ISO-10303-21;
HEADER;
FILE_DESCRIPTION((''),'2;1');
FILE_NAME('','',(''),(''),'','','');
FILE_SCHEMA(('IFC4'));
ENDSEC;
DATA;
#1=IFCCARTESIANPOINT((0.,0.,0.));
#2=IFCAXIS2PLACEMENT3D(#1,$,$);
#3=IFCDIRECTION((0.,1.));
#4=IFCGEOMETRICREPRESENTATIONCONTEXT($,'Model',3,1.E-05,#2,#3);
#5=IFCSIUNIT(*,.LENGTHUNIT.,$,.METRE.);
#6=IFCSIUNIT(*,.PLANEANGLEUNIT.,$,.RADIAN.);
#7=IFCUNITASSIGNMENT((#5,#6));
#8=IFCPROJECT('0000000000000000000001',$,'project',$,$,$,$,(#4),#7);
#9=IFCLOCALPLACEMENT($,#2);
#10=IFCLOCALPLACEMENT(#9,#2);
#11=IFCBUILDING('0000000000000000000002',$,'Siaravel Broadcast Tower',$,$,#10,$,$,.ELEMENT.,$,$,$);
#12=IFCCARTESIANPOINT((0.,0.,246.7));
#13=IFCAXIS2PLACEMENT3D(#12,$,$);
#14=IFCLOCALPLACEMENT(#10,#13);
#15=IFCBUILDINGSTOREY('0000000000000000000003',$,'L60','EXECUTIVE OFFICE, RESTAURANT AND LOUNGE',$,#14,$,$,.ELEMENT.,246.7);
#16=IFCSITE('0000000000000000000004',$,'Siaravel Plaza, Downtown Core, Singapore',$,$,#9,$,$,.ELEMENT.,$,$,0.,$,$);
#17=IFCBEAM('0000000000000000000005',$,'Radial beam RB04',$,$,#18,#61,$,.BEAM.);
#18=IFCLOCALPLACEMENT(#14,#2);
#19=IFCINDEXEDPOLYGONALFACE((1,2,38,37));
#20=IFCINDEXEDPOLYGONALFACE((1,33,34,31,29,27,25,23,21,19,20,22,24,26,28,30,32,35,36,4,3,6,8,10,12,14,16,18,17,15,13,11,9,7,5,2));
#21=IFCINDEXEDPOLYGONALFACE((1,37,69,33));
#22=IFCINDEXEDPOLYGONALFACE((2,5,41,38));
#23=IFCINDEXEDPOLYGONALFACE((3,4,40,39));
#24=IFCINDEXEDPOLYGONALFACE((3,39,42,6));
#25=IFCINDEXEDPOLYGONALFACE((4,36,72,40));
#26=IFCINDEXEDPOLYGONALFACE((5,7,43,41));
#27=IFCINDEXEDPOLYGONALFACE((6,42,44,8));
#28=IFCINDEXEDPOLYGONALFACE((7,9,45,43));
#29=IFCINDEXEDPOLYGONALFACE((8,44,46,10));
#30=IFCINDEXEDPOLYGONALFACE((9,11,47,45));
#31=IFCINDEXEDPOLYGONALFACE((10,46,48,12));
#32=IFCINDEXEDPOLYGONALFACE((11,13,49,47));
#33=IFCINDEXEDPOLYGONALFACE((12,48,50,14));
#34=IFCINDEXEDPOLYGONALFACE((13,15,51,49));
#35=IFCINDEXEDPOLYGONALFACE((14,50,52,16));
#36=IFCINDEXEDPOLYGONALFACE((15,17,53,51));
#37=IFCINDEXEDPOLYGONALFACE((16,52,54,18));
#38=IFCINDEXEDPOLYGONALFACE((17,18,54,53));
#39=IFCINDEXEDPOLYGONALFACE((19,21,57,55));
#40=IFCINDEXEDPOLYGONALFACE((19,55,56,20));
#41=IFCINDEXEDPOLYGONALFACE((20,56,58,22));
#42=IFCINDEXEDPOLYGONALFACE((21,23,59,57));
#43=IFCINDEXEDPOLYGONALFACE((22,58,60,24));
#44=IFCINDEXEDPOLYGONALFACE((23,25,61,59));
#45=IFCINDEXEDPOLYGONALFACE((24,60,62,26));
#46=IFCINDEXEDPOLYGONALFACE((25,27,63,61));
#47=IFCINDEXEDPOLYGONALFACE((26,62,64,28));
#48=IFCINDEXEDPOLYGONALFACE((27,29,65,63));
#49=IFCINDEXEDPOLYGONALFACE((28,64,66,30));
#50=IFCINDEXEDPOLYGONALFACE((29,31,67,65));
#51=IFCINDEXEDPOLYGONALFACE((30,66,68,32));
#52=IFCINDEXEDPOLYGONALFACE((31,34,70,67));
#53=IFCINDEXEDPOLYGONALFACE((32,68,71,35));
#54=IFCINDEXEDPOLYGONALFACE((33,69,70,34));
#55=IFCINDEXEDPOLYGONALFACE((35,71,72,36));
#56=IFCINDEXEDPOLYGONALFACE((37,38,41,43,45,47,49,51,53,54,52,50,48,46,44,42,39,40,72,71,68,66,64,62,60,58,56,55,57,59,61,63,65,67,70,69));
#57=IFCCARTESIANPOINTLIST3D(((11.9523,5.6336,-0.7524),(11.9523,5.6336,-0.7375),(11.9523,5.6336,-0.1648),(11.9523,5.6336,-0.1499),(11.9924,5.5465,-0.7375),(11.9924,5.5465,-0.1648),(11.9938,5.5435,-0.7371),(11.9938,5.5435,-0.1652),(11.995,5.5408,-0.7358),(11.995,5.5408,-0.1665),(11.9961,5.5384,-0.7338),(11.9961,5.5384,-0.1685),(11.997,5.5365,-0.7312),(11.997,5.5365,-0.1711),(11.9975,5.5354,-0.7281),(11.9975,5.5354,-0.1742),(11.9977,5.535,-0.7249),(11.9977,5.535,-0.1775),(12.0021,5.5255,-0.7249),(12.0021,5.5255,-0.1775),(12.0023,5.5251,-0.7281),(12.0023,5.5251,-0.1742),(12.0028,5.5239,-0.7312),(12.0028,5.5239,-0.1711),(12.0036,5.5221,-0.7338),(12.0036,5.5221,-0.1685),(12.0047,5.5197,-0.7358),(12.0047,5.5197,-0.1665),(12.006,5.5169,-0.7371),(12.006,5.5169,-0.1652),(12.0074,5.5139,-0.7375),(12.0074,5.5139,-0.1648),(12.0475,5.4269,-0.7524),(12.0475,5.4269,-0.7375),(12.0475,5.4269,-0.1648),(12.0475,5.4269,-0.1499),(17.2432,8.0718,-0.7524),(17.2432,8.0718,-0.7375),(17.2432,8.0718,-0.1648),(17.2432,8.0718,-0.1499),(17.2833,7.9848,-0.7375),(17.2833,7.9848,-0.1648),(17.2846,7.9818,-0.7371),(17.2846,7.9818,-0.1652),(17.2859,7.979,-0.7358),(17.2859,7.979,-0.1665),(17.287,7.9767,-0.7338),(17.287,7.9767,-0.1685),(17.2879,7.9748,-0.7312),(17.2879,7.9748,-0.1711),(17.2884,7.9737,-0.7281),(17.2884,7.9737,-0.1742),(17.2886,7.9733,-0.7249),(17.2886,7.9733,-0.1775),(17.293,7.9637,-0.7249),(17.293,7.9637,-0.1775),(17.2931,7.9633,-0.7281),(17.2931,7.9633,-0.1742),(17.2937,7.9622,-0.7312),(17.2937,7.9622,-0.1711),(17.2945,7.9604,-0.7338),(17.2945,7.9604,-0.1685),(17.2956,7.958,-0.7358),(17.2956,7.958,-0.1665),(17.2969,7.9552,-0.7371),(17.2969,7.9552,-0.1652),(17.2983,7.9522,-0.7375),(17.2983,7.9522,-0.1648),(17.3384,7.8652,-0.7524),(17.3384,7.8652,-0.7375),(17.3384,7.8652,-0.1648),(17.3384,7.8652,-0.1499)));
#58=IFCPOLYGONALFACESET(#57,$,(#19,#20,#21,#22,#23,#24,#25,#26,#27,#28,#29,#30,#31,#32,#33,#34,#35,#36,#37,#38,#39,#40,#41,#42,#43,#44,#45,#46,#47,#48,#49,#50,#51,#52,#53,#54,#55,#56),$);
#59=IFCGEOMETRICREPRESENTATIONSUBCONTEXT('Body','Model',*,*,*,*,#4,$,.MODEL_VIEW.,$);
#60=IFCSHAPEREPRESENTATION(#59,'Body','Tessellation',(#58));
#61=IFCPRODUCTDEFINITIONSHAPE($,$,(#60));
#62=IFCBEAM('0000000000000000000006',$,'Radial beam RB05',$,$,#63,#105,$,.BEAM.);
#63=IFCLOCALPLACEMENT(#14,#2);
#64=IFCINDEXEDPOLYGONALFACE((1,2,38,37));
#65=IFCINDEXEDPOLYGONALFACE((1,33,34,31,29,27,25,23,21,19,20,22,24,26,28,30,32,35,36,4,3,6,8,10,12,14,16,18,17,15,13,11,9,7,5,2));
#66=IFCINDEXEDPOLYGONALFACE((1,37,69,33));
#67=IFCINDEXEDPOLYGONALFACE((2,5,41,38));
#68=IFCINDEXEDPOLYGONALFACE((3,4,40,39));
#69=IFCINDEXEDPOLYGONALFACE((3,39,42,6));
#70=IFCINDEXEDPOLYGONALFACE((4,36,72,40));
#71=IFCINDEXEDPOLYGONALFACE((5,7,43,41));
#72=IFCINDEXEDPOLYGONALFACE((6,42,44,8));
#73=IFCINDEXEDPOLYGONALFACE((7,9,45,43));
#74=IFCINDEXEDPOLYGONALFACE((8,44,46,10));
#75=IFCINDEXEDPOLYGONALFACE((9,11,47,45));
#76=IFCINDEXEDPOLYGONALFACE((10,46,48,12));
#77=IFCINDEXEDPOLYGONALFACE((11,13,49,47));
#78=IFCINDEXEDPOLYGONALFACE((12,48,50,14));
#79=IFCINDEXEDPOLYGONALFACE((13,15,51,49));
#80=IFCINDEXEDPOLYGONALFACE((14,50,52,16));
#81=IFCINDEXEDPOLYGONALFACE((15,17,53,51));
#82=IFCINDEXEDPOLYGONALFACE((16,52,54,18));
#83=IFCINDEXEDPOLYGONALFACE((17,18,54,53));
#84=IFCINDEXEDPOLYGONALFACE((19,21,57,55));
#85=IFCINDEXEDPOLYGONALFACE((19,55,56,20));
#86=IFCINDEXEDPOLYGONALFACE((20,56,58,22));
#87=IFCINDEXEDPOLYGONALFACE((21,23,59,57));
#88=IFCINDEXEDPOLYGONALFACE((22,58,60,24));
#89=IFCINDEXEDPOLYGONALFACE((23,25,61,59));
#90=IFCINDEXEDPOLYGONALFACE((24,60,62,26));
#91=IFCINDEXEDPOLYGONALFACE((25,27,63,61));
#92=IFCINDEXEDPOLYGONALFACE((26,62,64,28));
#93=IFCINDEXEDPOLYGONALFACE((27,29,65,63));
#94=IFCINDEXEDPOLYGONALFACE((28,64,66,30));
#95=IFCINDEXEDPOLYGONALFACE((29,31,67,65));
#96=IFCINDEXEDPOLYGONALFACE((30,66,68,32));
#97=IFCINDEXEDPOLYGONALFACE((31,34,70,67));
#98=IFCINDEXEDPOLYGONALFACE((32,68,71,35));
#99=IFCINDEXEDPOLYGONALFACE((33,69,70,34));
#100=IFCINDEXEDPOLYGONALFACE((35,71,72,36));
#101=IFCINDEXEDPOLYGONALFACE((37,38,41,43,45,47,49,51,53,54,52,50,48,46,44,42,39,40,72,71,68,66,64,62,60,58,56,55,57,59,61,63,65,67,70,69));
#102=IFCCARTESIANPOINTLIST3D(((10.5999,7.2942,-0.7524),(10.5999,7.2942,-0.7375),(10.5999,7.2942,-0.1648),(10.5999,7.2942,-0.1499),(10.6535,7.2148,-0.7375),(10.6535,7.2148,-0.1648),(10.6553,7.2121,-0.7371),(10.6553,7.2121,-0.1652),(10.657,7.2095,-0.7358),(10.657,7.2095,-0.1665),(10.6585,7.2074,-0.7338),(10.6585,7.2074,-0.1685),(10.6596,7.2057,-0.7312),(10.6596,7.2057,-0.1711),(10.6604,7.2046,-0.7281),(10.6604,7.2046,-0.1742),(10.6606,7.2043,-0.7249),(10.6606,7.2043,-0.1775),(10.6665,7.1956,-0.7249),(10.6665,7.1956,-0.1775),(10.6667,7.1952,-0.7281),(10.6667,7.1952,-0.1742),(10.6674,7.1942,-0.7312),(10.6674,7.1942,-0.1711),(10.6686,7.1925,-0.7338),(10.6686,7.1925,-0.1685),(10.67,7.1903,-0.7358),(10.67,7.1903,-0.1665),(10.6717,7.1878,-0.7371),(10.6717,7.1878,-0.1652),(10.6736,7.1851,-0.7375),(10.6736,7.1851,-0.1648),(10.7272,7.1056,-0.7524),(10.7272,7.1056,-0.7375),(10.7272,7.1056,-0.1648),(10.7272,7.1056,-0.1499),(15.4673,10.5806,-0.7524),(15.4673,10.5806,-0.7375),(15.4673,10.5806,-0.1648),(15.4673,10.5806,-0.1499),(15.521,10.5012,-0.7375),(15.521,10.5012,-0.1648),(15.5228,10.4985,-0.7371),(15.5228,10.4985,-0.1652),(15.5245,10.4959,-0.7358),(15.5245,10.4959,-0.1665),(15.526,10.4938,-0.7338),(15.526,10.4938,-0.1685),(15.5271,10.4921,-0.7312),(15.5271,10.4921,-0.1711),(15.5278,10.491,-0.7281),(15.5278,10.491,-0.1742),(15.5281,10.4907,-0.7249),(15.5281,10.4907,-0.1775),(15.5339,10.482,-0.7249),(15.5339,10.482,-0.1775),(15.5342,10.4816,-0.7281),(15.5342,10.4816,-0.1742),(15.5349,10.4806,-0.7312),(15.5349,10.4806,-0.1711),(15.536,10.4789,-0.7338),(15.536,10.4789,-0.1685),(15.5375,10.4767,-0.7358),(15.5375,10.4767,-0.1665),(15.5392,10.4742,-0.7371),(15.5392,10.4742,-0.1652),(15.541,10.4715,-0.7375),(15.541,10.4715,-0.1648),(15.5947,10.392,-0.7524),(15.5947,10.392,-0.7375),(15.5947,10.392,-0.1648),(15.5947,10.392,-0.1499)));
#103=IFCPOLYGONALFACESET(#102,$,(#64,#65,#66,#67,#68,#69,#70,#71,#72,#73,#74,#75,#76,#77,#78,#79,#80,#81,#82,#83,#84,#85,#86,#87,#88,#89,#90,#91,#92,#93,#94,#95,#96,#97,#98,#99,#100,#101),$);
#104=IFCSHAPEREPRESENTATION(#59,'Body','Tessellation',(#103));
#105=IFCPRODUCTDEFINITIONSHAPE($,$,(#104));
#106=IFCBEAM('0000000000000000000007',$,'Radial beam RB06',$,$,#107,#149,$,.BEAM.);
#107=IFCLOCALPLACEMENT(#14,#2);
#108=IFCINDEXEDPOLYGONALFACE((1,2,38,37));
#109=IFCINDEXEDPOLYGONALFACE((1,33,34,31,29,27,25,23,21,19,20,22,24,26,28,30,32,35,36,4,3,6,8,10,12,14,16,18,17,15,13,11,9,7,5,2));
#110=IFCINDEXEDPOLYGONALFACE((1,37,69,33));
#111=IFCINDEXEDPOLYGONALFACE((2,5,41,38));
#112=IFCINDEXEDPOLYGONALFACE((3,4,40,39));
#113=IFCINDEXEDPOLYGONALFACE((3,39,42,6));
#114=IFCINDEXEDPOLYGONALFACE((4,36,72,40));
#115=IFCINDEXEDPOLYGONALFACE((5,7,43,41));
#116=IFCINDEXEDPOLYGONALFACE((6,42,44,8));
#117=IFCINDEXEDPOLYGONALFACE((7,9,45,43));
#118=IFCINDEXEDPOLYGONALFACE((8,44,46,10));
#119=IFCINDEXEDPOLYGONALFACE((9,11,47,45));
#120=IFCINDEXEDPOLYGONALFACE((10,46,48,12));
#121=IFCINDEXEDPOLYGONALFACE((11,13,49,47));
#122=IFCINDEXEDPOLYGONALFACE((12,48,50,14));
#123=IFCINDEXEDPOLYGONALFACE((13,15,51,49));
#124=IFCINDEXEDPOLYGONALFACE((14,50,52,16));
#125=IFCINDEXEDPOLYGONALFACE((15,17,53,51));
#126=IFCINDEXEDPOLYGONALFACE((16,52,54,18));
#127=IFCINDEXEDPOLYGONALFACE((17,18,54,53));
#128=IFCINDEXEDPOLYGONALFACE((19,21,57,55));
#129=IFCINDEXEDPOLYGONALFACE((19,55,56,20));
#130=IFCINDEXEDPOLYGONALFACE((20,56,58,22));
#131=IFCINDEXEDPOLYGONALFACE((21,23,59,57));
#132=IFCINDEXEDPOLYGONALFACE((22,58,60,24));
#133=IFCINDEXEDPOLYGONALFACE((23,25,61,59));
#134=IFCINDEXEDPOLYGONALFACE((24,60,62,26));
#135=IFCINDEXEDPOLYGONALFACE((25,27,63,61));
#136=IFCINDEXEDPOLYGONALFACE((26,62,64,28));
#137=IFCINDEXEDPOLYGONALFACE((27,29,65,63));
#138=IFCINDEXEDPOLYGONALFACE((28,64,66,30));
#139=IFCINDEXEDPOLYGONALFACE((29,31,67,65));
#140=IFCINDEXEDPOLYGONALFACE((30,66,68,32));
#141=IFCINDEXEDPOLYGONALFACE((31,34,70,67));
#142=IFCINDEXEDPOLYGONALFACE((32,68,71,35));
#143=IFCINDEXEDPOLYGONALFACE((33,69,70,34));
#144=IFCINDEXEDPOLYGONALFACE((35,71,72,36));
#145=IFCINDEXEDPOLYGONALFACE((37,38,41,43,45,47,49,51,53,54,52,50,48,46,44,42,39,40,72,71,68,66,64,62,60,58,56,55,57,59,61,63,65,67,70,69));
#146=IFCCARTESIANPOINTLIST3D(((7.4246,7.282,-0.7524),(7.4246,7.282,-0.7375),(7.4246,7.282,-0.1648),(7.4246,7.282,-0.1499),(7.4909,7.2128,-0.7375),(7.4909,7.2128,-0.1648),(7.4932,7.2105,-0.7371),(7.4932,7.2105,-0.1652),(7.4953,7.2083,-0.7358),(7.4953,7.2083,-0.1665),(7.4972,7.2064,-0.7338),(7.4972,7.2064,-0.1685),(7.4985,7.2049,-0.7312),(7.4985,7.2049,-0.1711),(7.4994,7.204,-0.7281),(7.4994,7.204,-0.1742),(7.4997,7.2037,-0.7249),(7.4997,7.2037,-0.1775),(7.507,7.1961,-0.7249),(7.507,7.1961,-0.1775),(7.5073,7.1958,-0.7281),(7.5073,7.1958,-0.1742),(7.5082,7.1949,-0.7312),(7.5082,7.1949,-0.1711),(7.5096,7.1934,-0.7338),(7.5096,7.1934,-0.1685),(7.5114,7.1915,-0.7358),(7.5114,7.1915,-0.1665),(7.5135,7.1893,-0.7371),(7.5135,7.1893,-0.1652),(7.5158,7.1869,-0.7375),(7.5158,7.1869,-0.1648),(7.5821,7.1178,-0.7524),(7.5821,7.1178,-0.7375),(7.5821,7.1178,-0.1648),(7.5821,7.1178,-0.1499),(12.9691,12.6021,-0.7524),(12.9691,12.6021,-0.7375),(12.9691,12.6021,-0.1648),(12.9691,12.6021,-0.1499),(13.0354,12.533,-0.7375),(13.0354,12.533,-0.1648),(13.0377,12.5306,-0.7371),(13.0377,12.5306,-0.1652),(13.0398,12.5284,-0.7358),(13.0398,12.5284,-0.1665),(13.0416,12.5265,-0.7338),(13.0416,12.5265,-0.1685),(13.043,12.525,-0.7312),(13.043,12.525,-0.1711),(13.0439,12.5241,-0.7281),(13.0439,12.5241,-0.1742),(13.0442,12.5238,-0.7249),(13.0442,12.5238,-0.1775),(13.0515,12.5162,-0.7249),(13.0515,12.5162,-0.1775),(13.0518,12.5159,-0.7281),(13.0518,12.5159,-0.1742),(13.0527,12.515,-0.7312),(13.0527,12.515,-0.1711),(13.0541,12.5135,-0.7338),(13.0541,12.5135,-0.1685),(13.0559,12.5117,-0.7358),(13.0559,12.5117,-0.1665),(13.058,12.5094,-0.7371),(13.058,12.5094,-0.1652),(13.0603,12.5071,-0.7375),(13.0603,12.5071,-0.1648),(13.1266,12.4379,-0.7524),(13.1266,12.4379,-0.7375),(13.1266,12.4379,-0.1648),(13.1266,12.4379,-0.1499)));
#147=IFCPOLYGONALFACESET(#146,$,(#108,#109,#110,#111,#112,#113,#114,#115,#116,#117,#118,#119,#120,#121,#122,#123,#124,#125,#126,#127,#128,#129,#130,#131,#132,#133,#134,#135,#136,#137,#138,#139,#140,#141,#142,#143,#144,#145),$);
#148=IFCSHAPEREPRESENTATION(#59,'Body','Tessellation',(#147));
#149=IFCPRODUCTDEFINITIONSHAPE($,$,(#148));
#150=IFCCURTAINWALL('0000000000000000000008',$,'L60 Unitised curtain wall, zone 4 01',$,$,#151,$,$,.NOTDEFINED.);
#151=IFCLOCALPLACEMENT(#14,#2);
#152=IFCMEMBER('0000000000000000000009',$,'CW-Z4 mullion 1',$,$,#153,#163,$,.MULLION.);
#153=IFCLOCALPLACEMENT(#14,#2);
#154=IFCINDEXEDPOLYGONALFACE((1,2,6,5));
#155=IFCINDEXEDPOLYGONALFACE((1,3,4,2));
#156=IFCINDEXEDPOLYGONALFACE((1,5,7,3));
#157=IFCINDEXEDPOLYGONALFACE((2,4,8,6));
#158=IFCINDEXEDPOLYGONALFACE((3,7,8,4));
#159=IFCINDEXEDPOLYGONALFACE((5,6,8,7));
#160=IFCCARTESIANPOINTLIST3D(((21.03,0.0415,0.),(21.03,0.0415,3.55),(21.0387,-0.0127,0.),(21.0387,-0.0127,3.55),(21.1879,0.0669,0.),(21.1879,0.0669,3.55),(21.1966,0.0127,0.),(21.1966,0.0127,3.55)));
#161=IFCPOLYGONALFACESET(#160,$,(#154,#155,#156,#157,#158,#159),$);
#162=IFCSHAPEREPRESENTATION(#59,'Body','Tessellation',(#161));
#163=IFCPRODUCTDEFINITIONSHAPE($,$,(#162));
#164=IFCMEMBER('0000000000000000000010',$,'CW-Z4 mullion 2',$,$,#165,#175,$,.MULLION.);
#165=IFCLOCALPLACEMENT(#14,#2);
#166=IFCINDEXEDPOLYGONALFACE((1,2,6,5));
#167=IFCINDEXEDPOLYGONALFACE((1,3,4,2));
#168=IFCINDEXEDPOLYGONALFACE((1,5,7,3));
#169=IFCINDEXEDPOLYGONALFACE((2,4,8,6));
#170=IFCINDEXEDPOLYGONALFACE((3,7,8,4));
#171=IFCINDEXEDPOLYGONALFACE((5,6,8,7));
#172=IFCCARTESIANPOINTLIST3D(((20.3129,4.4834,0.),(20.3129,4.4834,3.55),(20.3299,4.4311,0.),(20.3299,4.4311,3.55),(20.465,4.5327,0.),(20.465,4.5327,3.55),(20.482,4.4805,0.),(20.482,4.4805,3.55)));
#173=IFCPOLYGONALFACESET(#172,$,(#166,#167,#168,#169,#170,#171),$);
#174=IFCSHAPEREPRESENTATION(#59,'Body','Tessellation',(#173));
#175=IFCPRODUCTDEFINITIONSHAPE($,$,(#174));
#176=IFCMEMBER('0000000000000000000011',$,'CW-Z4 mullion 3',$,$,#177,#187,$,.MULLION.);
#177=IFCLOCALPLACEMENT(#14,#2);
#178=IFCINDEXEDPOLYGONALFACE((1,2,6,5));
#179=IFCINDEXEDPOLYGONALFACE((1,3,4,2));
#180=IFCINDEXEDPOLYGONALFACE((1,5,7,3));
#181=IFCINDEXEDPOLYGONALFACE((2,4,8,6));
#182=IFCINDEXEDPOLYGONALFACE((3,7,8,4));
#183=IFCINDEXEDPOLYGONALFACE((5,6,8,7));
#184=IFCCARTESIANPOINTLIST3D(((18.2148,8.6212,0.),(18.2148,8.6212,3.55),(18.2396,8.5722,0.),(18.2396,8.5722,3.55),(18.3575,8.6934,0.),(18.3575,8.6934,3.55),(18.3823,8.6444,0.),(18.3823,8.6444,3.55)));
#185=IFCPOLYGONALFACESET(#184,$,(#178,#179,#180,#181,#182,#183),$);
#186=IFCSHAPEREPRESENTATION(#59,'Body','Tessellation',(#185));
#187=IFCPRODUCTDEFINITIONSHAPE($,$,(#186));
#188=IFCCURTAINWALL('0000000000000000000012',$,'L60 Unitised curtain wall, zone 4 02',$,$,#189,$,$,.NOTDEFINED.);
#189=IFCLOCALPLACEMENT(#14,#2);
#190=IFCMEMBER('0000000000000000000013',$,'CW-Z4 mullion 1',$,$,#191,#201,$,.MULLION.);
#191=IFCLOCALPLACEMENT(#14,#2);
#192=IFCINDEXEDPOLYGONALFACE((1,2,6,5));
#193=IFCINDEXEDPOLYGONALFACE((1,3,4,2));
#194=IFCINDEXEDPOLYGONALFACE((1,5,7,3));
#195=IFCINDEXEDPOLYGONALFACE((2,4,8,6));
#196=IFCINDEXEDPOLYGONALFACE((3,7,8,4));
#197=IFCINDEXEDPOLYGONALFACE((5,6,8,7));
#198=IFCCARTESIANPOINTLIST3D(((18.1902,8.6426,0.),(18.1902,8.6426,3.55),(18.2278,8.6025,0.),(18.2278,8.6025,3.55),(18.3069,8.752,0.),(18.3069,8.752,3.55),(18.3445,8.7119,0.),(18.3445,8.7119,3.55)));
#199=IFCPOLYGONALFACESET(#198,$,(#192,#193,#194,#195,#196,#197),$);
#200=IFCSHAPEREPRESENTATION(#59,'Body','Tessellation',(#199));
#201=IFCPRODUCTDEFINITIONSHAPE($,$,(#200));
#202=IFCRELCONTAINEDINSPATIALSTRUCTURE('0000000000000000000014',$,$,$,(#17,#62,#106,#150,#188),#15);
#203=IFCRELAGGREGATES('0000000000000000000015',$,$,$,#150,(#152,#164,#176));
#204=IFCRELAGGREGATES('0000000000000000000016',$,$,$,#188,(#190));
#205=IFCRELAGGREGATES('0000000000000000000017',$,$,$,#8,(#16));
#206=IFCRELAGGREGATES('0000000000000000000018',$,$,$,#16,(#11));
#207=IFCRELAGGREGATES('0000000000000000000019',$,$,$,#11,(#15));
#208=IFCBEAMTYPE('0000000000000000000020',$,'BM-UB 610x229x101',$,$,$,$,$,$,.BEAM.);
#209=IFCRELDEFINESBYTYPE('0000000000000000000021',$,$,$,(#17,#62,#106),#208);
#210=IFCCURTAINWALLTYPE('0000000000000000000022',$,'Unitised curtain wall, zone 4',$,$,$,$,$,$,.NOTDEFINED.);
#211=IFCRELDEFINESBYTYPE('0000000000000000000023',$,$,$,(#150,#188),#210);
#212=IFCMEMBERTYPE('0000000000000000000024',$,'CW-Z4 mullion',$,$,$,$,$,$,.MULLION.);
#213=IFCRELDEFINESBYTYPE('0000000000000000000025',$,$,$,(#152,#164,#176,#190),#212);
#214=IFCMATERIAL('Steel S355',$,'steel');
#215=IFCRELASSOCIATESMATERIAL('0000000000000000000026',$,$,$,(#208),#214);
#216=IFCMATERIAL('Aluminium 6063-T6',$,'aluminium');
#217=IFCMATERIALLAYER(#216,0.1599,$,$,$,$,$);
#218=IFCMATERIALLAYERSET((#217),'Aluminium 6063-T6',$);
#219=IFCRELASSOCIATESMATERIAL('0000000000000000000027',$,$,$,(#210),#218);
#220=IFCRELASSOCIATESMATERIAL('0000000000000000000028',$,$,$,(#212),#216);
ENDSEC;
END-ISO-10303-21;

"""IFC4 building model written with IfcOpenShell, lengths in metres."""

from ifc_helpers import new_model, si_unit, direction, frame, origin, origin_2d, place, context, subcontext, project, spatial, rectangle, i_section, extrude, material, layer, layer_set, material_profile, profile_set, type_object, element, aggregate, save


model = new_model("IFC4")

# Units and contexts
model_context = context("Model", 3, precision=1e-05, world=origin(), true_north=direction((0.0, 1.0)))
body_context = subcontext(model_context, "Body", "Model", "MODEL_VIEW")
ifc_project = project(units=[si_unit("LENGTHUNIT", "METRE"), si_unit("PLANEANGLEUNIT", "RADIAN")], contexts=[model_context])

# Site, building, storey
site_placement = place(None, origin())
site = spatial("IfcSite", under=ifc_project, at=site_placement, Name="Siaravel Plaza, Downtown Core, Singapore", CompositionType="ELEMENT", RefElevation=0.0)
building_placement = place(site_placement, origin())
building = spatial("IfcBuilding", under=site, at=building_placement, Name="Siaravel Broadcast Tower", CompositionType="ELEMENT")
storey_placement = place(building_placement, frame((0.0, 0.0, 246.7)))
storey = spatial("IfcBuildingStorey", under=building, at=storey_placement, Name="L60", Description="EXECUTIVE OFFICE, RESTAURANT AND LOUNGE", CompositionType="ELEMENT", Elevation=246.7)

# Beams
ifc_material_1 = material(Name="Steel S355", Category="steel")
ifc_material_profile_1 = material_profile(ifc_material_1, i_section(OverallWidth=0.2275, OverallDepth=0.6025, WebThickness=0.0105, FlangeThickness=0.0149, FilletRadius=0.0127, at=origin_2d()))
ifc_profile_set_1 = profile_set([ifc_material_profile_1], Name="Steel S355")
beam_type = type_object("IfcBeamType", Name="BM-UB 610x229x101", PredefinedType="BEAM", material=ifc_profile_set_1)
beam_1_placement = place(storey_placement, frame((17.2908, 7.9685, -0.4512), z_axis=(-0.908198, -0.41854, 0.0), x_axis=(0.41854, -0.908198, 0.0)))
element("IfcBeam", 1, at=beam_1_placement, inside=storey, type_object=beam_type, Name="Radial beam RB04", PredefinedType="BEAM", context=body_context, shape_type="SweptSolid", body=[
    extrude(i_section(OverallWidth=0.2275, OverallDepth=0.6025, WebThickness=0.0105, FlangeThickness=0.0149, FilletRadius=0.0127, at=origin_2d()), origin(), (0.0, 0.0, 1.0), 5.8257),
])
beam_2_placement = place(storey_placement, frame((15.531, 10.4863, -0.4512), z_axis=(-0.828781, -0.559574, 0.0), x_axis=(0.559574, -0.828781, 0.0)))
element("IfcBeam", 2, at=beam_2_placement, inside=storey, type_object=beam_type, Name="Radial beam RB05", PredefinedType="BEAM", context=body_context, shape_type="SweptSolid", body=[
    extrude(i_section(OverallWidth=0.2275, OverallDepth=0.6025, WebThickness=0.0105, FlangeThickness=0.0149, FilletRadius=0.0127, at=origin_2d()), origin(), (0.0, 0.0, 1.0), 5.873),
])
beam_3_placement = place(storey_placement, frame((13.0479, 12.52, -0.4512), z_axis=(-0.721556, -0.692357, 0.0), x_axis=(0.692357, -0.721556, 0.0)))
element("IfcBeam", 3, at=beam_3_placement, inside=storey, type_object=beam_type, Name="Radial beam RB06", PredefinedType="BEAM", context=body_context, shape_type="SweptSolid", body=[
    extrude(i_section(OverallWidth=0.2275, OverallDepth=0.6025, WebThickness=0.0105, FlangeThickness=0.0149, FilletRadius=0.0127, at=origin_2d()), origin(), (0.0, 0.0, 1.0), 7.6841),
])

# Curtain walls, members
ifc_material_2 = material(Name="Aluminium 6063-T6", Category="aluminium")
ifc_layer_1 = layer(ifc_material_2, 0.1599)
ifc_layer_set_1 = layer_set([ifc_layer_1], Name="Aluminium 6063-T6")
curtain_wall_type = type_object("IfcCurtainWallType", Name="Unitised curtain wall, zone 4", PredefinedType="NOTDEFINED", material=ifc_layer_set_1)
curtain_wall_1_placement = place(storey_placement, origin())
curtain_wall_1 = element("IfcCurtainWall", 4, at=curtain_wall_1_placement, inside=storey, type_object=curtain_wall_type, Name="L60 Unitised curtain wall, zone 4 01", PredefinedType="NOTDEFINED")
ifc_material_profile_2 = material_profile(ifc_material_2, rectangle(XDim=0.1599, YDim=0.0549, at=origin_2d()))
ifc_profile_set_2 = profile_set([ifc_material_profile_2], Name="Aluminium 6063-T6")
member_type_1 = type_object("IfcMemberType", Name="CW-Z4 mullion", PredefinedType="MULLION", material=ifc_profile_set_2)
member_1_placement = place(storey_placement, frame((21.1133, 0.0271, 0.0), z_axis=(0.0, 0.0, 1.0), x_axis=(-0.987329, -0.158685, 0.0)))
member_1 = element("IfcMember", 5, at=member_1_placement, type_object=member_type_1, Name="CW-Z4 mullion 1", PredefinedType="MULLION", context=body_context, shape_type="SweptSolid", body=[
    extrude(rectangle(XDim=0.1599, YDim=0.0549, at=origin_2d()), origin(), (0.0, 0.0, 1.0), 3.55),
])
member_2_placement = place(storey_placement, frame((20.3975, 4.4819, 0.0), z_axis=(0.0, 0.0, 1.0), x_axis=(-0.951178, -0.308644, 0.0)))
member_2 = element("IfcMember", 6, at=member_2_placement, type_object=member_type_1, Name="CW-Z4 mullion 2", PredefinedType="MULLION", context=body_context, shape_type="SweptSolid", body=[
    extrude(rectangle(XDim=0.1599, YDim=0.0549, at=origin_2d()), origin(), (0.0, 0.0, 1.0), 3.55),
])
member_3_placement = place(storey_placement, frame((18.2986, 8.6328, 0.0), z_axis=(0.0, 0.0, 1.0), x_axis=(-0.892393, -0.451259, 0.0)))
member_3 = element("IfcMember", 7, at=member_3_placement, type_object=member_type_1, Name="CW-Z4 mullion 3", PredefinedType="MULLION", context=body_context, shape_type="SweptSolid", body=[
    extrude(rectangle(XDim=0.1599, YDim=0.0549, at=origin_2d()), origin(), (0.0, 0.0, 1.0), 3.55),
])
curtain_wall_2_placement = place(storey_placement, origin())
curtain_wall_2 = element("IfcCurtainWall", 8, at=curtain_wall_2_placement, inside=storey, type_object=curtain_wall_type, Name="L60 Unitised curtain wall, zone 4 02", PredefinedType="NOTDEFINED")
member_4_placement = place(storey_placement, frame((18.2673, 8.6772, 0.0), z_axis=(0.0, 0.0, 1.0), x_axis=(-0.729807, -0.683654, 0.0)))
member_4 = element("IfcMember", 9, at=member_4_placement, type_object=member_type_1, Name="CW-Z4 mullion 1", PredefinedType="MULLION", context=body_context, shape_type="SweptSolid", body=[
    extrude(rectangle(XDim=0.1599, YDim=0.0549, at=origin_2d()), origin(), (0.0, 0.0, 1.0), 3.55),
])

aggregate(curtain_wall_1, [member_1, member_2, member_3])
aggregate(curtain_wall_2, [member_4])

save(model, "model.ifc")
